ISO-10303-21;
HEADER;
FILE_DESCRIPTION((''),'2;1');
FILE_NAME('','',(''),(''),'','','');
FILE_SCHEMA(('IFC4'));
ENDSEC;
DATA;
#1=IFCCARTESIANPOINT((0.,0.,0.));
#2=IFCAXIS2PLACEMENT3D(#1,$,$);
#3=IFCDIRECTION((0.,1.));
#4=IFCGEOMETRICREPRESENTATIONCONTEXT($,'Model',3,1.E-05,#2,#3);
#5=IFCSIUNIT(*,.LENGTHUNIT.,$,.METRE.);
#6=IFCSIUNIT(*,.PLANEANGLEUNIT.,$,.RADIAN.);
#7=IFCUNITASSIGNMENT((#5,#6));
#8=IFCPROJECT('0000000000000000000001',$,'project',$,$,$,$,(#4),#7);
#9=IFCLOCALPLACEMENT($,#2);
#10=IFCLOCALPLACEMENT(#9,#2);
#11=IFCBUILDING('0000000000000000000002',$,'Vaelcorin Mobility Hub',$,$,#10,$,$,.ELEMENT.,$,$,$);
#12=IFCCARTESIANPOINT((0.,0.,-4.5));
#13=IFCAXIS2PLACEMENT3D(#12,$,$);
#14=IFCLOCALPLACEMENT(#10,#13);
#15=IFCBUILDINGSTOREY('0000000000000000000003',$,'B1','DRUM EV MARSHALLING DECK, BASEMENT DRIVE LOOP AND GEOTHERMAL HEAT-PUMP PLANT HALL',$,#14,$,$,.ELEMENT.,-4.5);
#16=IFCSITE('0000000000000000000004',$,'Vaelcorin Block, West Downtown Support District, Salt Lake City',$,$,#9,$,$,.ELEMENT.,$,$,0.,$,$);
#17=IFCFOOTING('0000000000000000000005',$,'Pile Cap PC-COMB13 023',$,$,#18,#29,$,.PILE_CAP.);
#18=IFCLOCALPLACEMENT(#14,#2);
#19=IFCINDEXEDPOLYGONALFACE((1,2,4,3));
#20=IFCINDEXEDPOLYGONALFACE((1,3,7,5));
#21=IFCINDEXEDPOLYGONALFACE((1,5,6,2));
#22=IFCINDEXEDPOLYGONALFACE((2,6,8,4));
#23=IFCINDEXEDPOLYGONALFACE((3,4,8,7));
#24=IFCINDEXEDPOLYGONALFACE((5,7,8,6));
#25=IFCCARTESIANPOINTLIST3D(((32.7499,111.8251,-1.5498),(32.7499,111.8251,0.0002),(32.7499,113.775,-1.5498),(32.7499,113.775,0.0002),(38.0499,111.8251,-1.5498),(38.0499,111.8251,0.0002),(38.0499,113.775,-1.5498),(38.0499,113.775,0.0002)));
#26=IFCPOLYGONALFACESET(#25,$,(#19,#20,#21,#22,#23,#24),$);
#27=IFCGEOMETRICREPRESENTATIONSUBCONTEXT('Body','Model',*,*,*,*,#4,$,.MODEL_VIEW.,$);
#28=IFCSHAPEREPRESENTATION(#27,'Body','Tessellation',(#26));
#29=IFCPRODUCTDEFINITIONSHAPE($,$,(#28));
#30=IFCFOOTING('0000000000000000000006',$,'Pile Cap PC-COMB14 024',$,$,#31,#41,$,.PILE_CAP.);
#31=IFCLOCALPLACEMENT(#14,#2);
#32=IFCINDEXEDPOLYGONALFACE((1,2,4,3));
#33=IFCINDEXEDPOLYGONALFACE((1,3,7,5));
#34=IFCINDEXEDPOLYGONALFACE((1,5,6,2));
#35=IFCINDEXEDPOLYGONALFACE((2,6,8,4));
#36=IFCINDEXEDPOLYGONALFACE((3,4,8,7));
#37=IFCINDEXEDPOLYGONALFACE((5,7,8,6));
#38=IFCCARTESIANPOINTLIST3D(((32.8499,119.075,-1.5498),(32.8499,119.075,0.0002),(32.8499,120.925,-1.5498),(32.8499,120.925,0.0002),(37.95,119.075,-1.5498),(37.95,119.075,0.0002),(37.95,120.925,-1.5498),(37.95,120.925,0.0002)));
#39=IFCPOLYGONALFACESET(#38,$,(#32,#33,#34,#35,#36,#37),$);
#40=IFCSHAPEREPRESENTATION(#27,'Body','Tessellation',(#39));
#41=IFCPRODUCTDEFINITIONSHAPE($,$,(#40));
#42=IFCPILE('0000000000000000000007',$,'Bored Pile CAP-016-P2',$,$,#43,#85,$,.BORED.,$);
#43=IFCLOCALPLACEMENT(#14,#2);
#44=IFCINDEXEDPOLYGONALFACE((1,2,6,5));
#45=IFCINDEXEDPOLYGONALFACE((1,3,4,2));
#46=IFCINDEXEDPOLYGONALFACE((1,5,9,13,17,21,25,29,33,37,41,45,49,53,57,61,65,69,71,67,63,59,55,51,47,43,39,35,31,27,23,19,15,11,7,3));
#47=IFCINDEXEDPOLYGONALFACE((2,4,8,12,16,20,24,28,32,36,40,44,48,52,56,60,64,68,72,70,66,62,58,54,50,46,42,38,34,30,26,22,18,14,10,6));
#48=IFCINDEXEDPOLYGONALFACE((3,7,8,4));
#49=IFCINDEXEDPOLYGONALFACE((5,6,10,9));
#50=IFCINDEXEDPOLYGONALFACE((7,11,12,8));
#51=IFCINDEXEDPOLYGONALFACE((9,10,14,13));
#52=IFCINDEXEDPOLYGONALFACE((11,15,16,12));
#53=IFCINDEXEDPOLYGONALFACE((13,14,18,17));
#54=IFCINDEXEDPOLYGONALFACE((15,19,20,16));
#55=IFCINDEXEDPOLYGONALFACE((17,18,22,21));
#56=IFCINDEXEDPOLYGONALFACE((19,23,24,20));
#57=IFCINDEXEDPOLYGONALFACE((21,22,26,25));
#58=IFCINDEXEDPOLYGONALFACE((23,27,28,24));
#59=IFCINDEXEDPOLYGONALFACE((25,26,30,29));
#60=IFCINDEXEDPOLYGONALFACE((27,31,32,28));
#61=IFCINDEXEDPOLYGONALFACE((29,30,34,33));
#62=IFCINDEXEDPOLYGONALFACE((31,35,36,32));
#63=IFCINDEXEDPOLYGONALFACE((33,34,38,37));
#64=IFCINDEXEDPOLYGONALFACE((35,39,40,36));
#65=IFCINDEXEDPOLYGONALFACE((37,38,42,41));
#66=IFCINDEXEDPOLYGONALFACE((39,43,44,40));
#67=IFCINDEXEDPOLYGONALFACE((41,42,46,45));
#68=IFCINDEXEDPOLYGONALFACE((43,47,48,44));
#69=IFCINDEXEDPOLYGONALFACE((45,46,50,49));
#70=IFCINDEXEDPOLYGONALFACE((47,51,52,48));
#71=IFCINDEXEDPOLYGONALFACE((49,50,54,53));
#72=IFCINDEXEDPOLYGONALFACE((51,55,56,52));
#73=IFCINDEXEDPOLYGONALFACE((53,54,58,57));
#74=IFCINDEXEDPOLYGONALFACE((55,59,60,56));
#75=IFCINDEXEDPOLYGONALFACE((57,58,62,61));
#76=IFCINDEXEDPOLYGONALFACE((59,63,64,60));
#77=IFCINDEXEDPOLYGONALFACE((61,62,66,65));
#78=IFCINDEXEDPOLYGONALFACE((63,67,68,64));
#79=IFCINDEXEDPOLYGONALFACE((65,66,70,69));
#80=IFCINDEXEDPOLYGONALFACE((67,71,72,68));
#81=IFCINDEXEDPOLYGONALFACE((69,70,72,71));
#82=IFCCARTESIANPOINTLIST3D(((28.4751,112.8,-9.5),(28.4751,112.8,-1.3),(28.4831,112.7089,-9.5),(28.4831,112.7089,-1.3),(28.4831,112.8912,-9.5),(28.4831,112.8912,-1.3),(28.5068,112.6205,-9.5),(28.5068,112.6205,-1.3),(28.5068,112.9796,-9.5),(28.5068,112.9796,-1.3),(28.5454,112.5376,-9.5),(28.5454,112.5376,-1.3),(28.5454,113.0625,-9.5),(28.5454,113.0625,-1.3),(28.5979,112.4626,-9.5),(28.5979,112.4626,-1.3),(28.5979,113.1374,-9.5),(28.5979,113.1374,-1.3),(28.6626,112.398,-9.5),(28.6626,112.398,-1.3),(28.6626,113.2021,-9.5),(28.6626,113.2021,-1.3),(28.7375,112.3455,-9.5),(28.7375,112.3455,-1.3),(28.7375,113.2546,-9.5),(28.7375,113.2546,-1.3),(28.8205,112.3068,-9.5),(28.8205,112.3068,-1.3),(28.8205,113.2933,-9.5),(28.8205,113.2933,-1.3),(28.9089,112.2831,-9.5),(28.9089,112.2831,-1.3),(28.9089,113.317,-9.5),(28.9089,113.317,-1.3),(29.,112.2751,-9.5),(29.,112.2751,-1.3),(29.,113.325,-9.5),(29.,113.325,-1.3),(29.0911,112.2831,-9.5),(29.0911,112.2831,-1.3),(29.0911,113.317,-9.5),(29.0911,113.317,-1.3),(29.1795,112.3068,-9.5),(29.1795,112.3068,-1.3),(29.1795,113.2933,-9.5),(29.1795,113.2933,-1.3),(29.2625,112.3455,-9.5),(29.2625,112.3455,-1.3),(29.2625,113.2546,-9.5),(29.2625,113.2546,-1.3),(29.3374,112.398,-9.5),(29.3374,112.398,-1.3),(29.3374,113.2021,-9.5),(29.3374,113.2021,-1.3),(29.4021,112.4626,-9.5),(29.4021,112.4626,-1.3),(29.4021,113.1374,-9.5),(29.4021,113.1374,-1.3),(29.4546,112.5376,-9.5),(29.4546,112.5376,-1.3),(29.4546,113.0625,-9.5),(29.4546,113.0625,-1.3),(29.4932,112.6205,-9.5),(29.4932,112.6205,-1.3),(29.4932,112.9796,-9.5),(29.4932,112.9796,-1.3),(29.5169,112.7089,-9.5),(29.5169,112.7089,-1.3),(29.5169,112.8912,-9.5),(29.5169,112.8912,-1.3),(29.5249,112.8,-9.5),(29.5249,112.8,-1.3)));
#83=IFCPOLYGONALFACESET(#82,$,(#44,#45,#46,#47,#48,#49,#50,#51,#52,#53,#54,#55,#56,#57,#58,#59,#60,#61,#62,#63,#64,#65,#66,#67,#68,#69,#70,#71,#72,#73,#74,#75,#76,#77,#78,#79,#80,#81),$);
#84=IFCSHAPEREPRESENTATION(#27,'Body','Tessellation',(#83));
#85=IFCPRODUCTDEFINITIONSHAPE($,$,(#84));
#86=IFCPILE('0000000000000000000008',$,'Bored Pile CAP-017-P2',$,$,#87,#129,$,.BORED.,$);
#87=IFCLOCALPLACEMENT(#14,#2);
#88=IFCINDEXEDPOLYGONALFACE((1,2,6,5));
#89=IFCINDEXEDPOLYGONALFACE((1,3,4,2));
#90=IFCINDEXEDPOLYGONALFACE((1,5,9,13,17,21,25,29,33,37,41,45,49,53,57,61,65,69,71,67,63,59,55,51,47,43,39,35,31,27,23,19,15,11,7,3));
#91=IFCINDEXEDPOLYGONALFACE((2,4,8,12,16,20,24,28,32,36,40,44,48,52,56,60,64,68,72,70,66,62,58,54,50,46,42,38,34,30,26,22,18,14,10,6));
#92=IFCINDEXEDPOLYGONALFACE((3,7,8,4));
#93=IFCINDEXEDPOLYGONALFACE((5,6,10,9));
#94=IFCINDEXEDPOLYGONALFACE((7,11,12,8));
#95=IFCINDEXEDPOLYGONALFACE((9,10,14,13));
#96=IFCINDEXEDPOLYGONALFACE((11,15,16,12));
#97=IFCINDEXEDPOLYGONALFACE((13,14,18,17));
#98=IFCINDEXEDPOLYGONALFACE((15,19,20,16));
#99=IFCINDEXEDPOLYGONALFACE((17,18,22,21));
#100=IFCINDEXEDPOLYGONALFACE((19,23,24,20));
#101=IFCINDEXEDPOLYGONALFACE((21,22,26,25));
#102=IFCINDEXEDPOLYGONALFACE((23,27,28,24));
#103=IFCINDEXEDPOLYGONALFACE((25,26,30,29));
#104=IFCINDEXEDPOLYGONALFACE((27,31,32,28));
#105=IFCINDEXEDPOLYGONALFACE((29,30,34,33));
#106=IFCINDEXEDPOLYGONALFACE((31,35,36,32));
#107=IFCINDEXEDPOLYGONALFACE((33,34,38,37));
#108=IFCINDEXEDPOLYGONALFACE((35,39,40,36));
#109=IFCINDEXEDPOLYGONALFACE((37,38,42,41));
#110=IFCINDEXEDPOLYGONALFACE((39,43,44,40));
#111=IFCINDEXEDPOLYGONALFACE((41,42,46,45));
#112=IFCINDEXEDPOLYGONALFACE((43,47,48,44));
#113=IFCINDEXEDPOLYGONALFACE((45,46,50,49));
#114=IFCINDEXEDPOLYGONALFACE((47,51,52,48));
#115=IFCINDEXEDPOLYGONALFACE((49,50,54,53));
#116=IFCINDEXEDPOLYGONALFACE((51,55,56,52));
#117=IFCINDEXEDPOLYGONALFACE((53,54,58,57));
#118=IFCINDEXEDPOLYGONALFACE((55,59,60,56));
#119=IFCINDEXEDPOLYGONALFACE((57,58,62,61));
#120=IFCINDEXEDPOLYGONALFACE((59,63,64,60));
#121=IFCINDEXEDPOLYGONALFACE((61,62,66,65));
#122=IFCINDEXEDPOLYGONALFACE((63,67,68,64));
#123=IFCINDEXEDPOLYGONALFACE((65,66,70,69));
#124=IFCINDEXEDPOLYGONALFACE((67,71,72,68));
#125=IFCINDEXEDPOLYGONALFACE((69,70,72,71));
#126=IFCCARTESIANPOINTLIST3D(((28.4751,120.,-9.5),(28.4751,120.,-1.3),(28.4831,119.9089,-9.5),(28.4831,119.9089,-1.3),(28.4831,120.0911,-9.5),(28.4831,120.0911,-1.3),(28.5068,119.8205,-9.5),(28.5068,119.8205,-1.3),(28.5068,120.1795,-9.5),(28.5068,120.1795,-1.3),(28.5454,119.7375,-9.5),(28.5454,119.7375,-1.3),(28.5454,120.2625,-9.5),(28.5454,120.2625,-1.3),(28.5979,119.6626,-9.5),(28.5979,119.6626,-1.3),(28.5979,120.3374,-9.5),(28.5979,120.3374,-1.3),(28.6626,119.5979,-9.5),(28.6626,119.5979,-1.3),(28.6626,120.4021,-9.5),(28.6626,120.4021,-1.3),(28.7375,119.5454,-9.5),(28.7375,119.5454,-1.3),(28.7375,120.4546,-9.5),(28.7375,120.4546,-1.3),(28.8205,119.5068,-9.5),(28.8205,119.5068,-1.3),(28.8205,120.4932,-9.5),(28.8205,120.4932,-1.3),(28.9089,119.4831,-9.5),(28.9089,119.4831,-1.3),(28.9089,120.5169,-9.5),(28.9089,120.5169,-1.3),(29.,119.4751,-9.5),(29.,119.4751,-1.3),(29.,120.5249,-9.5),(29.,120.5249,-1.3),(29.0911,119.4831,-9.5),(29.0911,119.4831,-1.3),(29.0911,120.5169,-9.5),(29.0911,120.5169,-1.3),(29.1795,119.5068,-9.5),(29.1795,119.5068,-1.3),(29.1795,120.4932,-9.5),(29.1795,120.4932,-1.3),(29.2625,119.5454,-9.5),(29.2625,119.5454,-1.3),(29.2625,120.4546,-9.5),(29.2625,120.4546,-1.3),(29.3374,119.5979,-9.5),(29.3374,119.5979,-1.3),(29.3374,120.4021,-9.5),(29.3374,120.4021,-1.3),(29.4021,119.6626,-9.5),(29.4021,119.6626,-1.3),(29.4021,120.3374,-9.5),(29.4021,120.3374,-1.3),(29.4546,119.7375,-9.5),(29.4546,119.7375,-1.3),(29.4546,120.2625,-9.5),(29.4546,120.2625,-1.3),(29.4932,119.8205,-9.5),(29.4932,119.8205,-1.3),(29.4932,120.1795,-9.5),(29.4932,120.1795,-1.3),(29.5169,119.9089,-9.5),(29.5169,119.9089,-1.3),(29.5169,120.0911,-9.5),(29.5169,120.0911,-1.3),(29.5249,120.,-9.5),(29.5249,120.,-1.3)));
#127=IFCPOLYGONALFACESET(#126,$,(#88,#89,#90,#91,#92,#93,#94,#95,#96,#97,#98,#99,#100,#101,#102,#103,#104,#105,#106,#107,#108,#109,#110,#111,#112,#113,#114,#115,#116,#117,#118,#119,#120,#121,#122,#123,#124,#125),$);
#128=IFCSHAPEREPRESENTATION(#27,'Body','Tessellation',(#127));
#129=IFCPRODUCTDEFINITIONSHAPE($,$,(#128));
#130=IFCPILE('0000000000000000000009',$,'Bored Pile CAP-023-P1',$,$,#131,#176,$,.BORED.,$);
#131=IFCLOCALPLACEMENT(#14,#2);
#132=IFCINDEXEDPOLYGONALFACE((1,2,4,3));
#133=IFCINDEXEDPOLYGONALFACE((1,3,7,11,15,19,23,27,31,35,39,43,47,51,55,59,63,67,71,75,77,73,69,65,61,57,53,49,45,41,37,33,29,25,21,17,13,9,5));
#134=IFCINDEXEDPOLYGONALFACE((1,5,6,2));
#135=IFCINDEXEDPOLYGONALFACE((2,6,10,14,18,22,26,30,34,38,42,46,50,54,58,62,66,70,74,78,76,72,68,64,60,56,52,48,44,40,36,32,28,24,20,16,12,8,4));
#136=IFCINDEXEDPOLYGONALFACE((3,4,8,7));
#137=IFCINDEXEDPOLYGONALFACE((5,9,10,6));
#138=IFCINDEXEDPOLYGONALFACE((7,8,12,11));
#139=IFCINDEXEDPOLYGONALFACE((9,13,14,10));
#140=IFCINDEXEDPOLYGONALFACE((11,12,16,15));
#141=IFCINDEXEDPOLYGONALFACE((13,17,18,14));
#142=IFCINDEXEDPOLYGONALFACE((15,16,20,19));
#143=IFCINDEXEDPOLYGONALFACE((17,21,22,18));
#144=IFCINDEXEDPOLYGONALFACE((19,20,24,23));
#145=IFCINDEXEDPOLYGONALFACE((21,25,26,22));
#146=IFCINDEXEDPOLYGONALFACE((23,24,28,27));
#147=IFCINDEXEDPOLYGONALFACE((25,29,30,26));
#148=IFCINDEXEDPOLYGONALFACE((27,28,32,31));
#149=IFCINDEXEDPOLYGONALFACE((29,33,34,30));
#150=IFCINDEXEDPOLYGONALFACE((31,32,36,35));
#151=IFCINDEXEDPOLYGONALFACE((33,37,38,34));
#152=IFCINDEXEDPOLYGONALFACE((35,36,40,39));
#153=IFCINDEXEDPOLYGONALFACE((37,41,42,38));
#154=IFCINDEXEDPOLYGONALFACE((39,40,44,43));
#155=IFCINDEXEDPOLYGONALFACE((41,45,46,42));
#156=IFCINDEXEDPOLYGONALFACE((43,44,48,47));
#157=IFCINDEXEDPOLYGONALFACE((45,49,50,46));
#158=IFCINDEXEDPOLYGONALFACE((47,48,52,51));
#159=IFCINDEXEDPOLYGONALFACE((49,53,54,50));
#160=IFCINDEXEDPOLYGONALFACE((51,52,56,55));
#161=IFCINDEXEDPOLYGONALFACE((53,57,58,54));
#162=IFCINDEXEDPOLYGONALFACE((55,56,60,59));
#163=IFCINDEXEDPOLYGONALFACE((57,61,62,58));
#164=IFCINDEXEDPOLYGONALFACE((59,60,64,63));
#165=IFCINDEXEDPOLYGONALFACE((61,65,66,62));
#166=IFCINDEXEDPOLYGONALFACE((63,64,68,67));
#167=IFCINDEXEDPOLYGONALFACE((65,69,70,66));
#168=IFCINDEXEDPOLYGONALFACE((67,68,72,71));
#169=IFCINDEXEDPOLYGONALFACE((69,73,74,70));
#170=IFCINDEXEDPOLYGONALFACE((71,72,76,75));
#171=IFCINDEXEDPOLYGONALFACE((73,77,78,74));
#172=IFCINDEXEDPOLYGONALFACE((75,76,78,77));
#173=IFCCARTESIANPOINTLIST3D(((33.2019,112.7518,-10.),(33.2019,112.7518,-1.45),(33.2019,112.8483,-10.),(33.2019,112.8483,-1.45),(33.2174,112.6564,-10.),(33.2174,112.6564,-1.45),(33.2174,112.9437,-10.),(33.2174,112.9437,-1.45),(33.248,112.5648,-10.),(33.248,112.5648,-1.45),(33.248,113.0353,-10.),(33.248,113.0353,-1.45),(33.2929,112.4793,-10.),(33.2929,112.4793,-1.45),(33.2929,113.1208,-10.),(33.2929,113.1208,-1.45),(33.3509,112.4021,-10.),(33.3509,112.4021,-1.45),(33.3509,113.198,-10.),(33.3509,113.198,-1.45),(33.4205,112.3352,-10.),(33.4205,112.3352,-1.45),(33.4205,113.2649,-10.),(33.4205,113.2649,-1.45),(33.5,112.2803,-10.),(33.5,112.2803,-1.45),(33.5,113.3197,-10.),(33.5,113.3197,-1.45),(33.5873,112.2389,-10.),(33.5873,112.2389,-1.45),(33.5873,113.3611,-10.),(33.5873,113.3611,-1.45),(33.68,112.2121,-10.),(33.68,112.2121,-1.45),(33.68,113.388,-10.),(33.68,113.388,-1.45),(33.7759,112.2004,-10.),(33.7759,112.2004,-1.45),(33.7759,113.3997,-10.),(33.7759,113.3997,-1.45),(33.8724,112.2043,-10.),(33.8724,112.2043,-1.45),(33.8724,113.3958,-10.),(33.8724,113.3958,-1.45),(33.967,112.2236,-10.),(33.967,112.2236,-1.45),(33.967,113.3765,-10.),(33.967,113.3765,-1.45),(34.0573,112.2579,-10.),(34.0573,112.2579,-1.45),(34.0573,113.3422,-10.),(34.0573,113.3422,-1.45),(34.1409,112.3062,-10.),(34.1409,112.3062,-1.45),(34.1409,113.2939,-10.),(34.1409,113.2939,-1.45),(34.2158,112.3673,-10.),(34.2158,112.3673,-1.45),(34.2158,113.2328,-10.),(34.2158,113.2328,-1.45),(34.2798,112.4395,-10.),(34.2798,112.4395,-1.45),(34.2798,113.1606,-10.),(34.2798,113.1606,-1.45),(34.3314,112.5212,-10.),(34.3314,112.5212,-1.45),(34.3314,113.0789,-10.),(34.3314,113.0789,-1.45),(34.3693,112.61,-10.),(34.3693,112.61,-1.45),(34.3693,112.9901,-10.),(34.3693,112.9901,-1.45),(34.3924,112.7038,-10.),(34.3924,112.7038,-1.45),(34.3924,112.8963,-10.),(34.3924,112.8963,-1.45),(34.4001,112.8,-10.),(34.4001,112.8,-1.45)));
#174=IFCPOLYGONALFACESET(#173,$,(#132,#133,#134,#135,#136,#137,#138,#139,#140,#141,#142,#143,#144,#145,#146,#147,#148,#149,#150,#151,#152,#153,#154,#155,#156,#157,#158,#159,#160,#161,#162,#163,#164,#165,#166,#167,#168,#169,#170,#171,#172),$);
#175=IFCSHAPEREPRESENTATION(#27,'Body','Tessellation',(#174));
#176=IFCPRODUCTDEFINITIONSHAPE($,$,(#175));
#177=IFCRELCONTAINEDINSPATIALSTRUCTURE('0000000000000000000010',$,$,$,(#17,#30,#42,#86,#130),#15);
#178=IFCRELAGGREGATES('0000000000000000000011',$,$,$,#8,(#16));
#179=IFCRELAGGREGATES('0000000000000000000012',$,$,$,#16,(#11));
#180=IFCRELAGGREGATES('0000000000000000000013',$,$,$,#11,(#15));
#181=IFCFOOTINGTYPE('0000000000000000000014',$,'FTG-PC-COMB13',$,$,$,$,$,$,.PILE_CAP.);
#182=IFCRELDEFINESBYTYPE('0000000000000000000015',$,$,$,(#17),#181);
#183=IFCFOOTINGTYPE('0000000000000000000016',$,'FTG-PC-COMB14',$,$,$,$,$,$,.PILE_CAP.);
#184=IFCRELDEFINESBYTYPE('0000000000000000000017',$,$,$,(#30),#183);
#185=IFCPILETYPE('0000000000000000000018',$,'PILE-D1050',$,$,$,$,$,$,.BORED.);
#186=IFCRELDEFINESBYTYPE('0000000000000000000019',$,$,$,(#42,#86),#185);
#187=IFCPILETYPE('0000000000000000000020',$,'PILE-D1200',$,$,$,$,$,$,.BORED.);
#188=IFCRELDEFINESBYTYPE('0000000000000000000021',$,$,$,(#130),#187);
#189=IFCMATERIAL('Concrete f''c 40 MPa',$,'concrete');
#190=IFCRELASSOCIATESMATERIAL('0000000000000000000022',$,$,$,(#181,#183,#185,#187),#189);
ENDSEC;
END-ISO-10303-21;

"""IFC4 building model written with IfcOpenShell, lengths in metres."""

from ifc_helpers import new_model, si_unit, direction, frame, origin, origin_2d, place, context, subcontext, project, spatial, rectangle, circle, extrude, material, material_profile, profile_set, type_object, element, save


model = new_model("IFC4")

# Units and contexts
model_context = context("Model", 3, precision=1e-05, world=origin(), true_north=direction((0.0, 1.0)))
body_context = subcontext(model_context, "Body", "Model", "MODEL_VIEW")
ifc_project = project(units=[si_unit("LENGTHUNIT", "METRE"), si_unit("PLANEANGLEUNIT", "RADIAN")], contexts=[model_context])

# Site, building, storey
site_placement = place(None, origin())
site = spatial("IfcSite", under=ifc_project, at=site_placement, Name="Vaelcorin Block, West Downtown Support District, Salt Lake City", CompositionType="ELEMENT", RefElevation=0.0)
building_placement = place(site_placement, origin())
building = spatial("IfcBuilding", under=site, at=building_placement, Name="Vaelcorin Mobility Hub", CompositionType="ELEMENT")
storey_placement = place(building_placement, frame((0.0, 0.0, -4.5)))
storey = spatial("IfcBuildingStorey", under=building, at=storey_placement, Name="B1", Description="DRUM EV MARSHALLING DECK, BASEMENT DRIVE LOOP AND GEOTHERMAL HEAT-PUMP PLANT HALL", CompositionType="ELEMENT", Elevation=-4.5)

# Footings
ifc_material_1 = material(Name="Concrete f'c 40 MPa", Category="concrete")
footing_type_1 = type_object("IfcFootingType", Name="FTG-PC-COMB13", PredefinedType="PILE_CAP", material=ifc_material_1)
footing_1_placement = place(storey_placement, frame((35.3999, 112.8, -1.5498), z_axis=(0.0, 0.0, 1.0), x_axis=(1.0, 0.0, 0.0)))
element("IfcFooting", 1, at=footing_1_placement, inside=storey, type_object=footing_type_1, Name="Pile Cap PC-COMB13 023", PredefinedType="PILE_CAP", context=body_context, shape_type="SweptSolid", body=[
    extrude(rectangle(XDim=5.3, YDim=1.95, at=origin_2d()), origin(), (0.0, 0.0, 1.0), 1.55),
])
footing_type_2 = type_object("IfcFootingType", Name="FTG-PC-COMB14", PredefinedType="PILE_CAP", material=ifc_material_1)
footing_2_placement = place(storey_placement, frame((35.3999, 120.0, -1.5498), z_axis=(0.0, 0.0, 1.0), x_axis=(1.0, 0.0, 0.0)))
element("IfcFooting", 2, at=footing_2_placement, inside=storey, type_object=footing_type_2, Name="Pile Cap PC-COMB14 024", PredefinedType="PILE_CAP", context=body_context, shape_type="SweptSolid", body=[
    extrude(rectangle(XDim=5.1001, YDim=1.8501, at=origin_2d()), origin(), (0.0, 0.0, 1.0), 1.55),
])

# Piles
ifc_material_profile_1 = material_profile(ifc_material_1, circle(Radius=0.5249, at=origin_2d()), Name="BP-D1050")
ifc_profile_set_1 = profile_set([ifc_material_profile_1], Name="Concrete f'c 40 MPa")
pile_type_1 = type_object("IfcPileType", Name="PILE-D1050", PredefinedType="BORED", material=ifc_profile_set_1)
for number, where, z_axis, x_axis, name in (
    (3, (29.0, 112.8, -1.3), (0.0, 0.0, -1.0), (1.0, 0.0, 0.0), "Bored Pile CAP-016-P2"),
    (4, (29.0, 120.0, -1.3), (0.0, 0.0, -1.0), (1.0, 0.0, 0.0), "Bored Pile CAP-017-P2"),
):
    element("IfcPile", number, at=place(storey_placement, frame(where, z_axis=z_axis, x_axis=x_axis)), inside=storey, type_object=pile_type_1, Name=name, PredefinedType="BORED", context=body_context, shape_type="SweptSolid", body=[
        extrude(circle(Radius=0.5249, at=origin_2d()), origin(), (0.0, 0.0, 1.0), 8.2),
    ])
ifc_material_profile_2 = material_profile(ifc_material_1, circle(Radius=0.6001, at=origin_2d()), Name="BP-D1200")
ifc_profile_set_2 = profile_set([ifc_material_profile_2], Name="Concrete f'c 40 MPa")
pile_type_2 = type_object("IfcPileType", Name="PILE-D1200", PredefinedType="BORED", material=ifc_profile_set_2)
for number, where, z_axis, x_axis, name in (
    (5, (33.8, 112.8, -1.45), (0.0, 0.0, -1.0), (1.0, 0.0, 0.0), "Bored Pile CAP-023-P1"),
):
    element("IfcPile", number, at=place(storey_placement, frame(where, z_axis=z_axis, x_axis=x_axis)), inside=storey, type_object=pile_type_2, Name=name, PredefinedType="BORED", context=body_context, shape_type="SweptSolid", body=[
        extrude(circle(Radius=0.6001, at=origin_2d()), origin(), (0.0, 0.0, 1.0), 8.55),
    ])

save(model, "model.ifc")
